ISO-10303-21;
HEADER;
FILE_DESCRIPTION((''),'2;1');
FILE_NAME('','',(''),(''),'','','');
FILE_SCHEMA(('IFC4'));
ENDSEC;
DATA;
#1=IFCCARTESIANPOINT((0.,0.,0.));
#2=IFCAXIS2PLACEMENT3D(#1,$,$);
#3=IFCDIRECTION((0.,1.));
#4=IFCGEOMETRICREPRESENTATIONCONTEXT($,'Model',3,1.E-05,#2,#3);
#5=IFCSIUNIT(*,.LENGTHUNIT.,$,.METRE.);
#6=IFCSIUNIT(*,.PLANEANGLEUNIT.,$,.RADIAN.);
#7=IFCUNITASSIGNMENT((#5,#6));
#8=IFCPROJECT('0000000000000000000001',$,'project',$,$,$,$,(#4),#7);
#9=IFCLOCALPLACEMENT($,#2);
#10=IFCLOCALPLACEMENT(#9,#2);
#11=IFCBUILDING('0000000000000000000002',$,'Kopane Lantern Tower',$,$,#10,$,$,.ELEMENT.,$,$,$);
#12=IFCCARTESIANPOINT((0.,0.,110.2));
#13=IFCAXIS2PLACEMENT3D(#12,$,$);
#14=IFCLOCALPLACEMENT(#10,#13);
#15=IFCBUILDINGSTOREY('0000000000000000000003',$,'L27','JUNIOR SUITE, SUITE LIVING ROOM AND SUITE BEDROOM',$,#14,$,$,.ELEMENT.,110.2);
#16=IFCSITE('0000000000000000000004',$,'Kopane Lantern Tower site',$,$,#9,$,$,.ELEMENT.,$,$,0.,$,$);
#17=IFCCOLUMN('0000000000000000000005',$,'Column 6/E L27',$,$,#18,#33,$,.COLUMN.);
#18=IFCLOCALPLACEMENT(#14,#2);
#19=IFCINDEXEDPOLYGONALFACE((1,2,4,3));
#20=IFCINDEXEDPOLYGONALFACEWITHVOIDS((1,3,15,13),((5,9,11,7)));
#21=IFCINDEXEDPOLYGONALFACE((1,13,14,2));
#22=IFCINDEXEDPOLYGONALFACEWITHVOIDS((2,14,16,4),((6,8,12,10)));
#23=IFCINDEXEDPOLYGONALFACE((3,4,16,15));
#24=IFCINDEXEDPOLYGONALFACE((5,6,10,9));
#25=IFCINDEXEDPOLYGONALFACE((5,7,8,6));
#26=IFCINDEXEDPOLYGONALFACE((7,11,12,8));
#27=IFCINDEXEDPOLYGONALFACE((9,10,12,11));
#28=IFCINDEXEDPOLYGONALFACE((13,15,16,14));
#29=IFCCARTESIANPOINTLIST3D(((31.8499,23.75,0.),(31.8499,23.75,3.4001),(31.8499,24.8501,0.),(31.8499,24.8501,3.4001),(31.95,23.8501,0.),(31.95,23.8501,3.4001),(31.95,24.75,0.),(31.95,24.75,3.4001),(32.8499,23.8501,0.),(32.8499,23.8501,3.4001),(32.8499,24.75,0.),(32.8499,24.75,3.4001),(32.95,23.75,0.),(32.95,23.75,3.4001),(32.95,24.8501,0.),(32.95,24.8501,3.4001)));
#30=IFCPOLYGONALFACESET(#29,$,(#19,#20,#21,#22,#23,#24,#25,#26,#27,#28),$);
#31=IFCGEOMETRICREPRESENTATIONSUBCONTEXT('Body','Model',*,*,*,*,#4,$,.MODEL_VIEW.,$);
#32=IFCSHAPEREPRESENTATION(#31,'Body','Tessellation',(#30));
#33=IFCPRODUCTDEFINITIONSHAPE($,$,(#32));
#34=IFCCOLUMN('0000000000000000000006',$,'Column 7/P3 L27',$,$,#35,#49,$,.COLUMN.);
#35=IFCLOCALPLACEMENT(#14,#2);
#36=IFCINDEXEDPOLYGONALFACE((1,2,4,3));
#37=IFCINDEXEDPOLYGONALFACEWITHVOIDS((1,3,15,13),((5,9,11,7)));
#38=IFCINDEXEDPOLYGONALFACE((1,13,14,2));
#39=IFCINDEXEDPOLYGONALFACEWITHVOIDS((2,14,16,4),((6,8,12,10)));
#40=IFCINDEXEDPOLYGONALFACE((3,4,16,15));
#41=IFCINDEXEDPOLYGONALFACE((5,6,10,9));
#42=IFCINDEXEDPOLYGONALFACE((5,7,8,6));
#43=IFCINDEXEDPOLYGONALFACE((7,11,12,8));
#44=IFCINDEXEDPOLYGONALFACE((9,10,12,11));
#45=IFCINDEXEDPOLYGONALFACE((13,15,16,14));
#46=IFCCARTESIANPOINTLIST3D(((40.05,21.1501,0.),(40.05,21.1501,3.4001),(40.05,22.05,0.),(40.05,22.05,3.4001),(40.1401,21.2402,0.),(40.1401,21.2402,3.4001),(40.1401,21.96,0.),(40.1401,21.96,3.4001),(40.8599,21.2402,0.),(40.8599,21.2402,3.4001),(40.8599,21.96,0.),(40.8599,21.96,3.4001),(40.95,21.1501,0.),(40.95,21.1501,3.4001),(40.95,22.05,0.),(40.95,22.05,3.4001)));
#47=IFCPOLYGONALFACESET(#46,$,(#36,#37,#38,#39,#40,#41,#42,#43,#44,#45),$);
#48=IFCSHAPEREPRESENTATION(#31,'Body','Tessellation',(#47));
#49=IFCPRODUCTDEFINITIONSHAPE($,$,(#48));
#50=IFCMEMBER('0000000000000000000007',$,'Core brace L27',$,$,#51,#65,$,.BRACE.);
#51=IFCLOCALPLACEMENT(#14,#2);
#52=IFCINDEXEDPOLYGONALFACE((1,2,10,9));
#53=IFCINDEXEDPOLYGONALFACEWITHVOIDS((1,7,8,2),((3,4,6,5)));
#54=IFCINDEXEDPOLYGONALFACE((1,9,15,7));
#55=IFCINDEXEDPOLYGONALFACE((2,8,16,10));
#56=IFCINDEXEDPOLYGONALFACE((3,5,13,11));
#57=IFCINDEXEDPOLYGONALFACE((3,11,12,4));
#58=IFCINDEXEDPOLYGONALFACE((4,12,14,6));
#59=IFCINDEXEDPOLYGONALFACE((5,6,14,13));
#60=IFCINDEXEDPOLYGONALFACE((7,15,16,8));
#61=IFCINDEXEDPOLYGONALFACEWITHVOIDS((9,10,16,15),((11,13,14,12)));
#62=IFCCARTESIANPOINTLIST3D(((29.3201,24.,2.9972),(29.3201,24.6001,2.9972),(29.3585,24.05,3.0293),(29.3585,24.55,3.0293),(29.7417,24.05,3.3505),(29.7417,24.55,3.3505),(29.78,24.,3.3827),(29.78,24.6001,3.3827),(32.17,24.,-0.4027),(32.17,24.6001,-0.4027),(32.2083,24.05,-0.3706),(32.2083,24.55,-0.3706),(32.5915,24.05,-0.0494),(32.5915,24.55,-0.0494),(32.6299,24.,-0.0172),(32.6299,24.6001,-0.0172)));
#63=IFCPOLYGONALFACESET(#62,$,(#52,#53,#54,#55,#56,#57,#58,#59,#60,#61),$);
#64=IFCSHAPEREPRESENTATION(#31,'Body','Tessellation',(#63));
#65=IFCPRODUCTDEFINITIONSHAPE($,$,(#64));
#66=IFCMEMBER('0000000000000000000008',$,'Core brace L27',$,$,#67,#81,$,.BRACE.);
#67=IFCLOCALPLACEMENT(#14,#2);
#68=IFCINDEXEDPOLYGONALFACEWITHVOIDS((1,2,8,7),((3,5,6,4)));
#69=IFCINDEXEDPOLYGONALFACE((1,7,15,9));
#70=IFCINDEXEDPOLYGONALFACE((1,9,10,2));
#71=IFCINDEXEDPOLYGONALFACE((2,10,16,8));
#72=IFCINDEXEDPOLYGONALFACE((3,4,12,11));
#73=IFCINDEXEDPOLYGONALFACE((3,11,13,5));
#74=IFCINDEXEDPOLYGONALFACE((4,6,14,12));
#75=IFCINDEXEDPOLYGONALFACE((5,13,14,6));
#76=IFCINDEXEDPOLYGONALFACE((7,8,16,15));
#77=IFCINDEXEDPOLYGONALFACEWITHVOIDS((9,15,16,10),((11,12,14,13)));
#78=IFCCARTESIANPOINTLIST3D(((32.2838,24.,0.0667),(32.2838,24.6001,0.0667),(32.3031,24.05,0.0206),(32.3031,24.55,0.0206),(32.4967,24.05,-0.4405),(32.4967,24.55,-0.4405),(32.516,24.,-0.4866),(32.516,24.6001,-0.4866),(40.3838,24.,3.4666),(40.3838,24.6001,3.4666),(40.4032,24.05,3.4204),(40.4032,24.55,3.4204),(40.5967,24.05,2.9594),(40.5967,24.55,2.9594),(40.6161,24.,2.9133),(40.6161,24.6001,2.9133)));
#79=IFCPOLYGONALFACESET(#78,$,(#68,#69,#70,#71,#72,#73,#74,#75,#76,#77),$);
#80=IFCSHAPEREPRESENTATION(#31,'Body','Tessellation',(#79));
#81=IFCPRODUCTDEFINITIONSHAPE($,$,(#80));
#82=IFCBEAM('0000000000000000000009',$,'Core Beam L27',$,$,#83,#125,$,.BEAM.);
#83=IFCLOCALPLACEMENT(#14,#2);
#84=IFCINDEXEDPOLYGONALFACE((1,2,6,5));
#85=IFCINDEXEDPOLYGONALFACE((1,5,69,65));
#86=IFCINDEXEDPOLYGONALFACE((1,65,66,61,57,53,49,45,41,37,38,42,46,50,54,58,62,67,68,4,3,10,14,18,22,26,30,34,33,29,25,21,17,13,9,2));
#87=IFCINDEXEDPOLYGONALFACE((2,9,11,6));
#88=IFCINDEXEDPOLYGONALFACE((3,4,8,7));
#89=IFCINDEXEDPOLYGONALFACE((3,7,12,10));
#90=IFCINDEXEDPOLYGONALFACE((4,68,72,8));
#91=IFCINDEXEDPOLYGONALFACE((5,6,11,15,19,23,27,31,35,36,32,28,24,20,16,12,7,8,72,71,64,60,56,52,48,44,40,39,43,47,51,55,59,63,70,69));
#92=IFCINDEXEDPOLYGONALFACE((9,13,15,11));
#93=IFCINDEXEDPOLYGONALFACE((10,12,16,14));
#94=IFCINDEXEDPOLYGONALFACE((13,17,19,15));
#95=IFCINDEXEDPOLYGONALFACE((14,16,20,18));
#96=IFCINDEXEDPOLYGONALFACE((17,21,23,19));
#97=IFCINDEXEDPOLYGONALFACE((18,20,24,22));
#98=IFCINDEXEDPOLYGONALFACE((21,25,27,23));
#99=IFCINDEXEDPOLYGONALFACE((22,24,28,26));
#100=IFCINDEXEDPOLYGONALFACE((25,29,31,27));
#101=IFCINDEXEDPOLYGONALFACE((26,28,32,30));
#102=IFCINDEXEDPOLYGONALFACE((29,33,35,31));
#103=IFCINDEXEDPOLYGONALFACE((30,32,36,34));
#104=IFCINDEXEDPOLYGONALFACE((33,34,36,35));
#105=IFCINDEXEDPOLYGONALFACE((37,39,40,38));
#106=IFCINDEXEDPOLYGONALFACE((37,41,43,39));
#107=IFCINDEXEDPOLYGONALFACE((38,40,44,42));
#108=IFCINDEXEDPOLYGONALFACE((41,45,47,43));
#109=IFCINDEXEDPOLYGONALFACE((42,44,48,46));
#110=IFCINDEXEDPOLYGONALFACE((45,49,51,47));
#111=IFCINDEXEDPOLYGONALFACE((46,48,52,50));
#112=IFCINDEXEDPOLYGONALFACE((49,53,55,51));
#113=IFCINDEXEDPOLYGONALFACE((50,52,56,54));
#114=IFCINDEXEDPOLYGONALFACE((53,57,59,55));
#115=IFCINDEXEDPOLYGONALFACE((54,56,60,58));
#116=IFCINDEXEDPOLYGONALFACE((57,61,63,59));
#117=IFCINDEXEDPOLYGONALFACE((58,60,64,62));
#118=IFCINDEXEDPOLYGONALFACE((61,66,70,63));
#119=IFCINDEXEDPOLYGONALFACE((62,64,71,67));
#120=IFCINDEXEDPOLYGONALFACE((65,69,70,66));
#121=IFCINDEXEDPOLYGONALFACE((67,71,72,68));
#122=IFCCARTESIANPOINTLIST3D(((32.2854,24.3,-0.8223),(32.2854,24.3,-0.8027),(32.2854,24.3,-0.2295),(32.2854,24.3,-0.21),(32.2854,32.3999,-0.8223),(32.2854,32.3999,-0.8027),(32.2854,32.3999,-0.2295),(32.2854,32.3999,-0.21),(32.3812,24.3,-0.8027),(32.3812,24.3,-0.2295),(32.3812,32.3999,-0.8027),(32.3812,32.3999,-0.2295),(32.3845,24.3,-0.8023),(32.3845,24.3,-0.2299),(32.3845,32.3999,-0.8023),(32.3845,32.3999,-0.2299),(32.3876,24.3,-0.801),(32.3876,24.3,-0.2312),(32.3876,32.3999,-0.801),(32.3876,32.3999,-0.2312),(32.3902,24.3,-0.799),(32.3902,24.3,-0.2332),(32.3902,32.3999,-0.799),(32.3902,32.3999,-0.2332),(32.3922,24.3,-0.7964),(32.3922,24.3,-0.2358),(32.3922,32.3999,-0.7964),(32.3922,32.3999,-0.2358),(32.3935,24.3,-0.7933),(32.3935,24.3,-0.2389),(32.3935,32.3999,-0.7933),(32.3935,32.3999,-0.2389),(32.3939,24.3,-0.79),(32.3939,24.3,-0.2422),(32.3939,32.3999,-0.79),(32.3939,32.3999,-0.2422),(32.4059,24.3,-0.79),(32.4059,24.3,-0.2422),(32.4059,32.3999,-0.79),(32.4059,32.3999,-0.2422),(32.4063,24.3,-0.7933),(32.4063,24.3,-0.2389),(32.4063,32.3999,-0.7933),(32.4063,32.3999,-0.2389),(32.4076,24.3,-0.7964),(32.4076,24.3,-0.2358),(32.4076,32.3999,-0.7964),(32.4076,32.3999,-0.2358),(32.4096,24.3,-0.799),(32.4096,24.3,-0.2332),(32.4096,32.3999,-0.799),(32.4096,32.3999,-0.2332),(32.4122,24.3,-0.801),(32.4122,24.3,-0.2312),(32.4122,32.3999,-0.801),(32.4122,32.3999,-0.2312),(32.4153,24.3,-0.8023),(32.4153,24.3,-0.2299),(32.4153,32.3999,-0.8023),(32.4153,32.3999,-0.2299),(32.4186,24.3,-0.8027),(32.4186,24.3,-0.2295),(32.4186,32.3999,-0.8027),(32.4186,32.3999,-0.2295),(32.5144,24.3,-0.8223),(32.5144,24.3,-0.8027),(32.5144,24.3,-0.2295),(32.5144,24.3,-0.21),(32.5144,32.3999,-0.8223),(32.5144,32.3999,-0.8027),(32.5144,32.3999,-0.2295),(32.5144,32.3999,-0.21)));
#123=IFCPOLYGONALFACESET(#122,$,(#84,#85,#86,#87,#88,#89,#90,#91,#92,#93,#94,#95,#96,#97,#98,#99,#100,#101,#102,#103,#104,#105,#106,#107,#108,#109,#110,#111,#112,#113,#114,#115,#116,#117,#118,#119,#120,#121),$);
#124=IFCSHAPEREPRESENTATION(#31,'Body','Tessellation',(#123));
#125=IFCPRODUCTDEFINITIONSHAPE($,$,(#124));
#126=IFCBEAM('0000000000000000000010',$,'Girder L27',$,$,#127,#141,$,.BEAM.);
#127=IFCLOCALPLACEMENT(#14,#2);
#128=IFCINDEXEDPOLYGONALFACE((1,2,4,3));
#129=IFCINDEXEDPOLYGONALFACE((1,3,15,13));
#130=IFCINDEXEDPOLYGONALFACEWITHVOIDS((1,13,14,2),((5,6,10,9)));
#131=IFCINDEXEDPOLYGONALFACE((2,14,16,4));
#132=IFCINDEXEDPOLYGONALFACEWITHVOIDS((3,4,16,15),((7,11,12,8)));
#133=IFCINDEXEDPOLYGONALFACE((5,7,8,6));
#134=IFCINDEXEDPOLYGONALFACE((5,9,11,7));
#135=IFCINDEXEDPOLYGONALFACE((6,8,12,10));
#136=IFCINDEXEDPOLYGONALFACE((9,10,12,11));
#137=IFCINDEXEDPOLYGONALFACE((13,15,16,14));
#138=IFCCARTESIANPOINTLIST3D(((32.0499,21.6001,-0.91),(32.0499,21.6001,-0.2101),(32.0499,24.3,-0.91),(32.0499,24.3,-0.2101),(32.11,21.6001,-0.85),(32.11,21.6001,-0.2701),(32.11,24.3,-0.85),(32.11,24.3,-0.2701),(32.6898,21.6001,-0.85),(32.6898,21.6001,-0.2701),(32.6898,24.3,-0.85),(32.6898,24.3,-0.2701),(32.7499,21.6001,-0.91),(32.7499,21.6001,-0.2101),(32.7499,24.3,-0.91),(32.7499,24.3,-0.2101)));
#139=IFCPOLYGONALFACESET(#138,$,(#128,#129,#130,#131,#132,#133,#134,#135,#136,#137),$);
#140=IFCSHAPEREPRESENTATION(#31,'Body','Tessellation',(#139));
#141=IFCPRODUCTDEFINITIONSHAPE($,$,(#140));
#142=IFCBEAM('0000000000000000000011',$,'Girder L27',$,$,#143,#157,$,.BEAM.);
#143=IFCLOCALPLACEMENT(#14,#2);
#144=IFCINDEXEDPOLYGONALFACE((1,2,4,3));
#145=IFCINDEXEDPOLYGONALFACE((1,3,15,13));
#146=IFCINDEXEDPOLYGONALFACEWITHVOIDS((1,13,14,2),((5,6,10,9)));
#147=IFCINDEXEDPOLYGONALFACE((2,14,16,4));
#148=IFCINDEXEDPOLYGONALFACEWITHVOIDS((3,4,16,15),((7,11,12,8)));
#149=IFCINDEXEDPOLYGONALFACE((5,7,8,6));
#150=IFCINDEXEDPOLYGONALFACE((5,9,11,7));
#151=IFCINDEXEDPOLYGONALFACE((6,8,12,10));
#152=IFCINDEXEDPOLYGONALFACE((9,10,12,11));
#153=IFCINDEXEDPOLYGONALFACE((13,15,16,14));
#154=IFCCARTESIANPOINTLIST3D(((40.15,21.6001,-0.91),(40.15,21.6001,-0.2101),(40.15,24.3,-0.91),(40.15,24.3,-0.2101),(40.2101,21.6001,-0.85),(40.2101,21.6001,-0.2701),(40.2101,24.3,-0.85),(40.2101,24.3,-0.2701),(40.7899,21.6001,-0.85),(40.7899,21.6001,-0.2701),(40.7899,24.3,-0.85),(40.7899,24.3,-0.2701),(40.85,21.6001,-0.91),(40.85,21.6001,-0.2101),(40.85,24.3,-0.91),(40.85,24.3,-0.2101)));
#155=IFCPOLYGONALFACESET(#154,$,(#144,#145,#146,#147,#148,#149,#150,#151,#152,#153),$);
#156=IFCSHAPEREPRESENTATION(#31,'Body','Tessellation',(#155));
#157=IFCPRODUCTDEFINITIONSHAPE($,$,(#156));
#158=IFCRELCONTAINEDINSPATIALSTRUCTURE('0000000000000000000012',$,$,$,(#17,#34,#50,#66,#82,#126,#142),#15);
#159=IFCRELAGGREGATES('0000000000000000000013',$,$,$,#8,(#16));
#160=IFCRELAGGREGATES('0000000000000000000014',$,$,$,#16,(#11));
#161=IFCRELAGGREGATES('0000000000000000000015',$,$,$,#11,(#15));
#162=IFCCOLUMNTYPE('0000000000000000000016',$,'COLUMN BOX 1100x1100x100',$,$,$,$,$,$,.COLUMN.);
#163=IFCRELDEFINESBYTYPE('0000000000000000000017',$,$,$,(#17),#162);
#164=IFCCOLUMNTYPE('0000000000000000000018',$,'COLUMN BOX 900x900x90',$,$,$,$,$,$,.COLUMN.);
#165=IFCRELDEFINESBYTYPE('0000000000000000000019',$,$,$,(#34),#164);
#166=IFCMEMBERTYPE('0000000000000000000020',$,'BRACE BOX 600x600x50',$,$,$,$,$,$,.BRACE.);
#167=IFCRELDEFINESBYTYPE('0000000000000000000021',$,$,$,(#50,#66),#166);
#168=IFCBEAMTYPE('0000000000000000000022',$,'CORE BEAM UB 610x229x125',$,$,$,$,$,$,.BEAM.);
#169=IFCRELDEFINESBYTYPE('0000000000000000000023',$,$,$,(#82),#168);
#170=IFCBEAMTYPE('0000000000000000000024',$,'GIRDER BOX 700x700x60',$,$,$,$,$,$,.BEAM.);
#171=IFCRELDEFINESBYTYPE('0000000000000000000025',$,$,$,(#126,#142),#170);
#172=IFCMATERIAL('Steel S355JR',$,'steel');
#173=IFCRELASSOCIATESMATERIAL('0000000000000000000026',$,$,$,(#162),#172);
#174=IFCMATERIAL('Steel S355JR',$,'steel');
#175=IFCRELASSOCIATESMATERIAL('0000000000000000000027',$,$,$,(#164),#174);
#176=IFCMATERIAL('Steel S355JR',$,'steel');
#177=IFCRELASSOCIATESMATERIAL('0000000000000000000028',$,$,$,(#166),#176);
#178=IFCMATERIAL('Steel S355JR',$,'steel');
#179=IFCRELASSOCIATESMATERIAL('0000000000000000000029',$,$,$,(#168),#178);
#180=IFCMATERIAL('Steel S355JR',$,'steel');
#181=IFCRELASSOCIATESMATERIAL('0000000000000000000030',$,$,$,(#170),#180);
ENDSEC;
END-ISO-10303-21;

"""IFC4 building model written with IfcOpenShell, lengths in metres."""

from ifc_helpers import new_model, si_unit, direction, frame, origin, origin_2d, place, context, subcontext, project, spatial, hollow_rectangle, i_section, extrude, material, material_profile, profile_set, type_object, element, save


model = new_model("IFC4")

# Units and contexts
model_context = context("Model", 3, precision=1e-05, world=origin(), true_north=direction((0.0, 1.0)))
body_context = subcontext(model_context, "Body", "Model", "MODEL_VIEW")
ifc_project = project(units=[si_unit("LENGTHUNIT", "METRE"), si_unit("PLANEANGLEUNIT", "RADIAN")], contexts=[model_context])

# Site, building, storey
site_placement = place(None, origin())
site = spatial("IfcSite", under=ifc_project, at=site_placement, Name="Kopane Lantern Tower site", CompositionType="ELEMENT", RefElevation=0.0)
building_placement = place(site_placement, origin())
building = spatial("IfcBuilding", under=site, at=building_placement, Name="Kopane Lantern Tower", CompositionType="ELEMENT")
storey_placement = place(building_placement, frame((0.0, 0.0, 110.2)))
storey = spatial("IfcBuildingStorey", under=building, at=storey_placement, Name="L27", Description="JUNIOR SUITE, SUITE LIVING ROOM AND SUITE BEDROOM", CompositionType="ELEMENT", Elevation=110.2)

# Columns
ifc_material_1 = material(Name="Steel S355JR", Category="steel")
ifc_material_profile_1 = material_profile(ifc_material_1, hollow_rectangle(XDim=1.1001, YDim=1.1001, WallThickness=0.1001, at=origin_2d()), Name="BOX 1100x1100x100")
ifc_profile_set_1 = profile_set([ifc_material_profile_1], Name="Steel S355JR")
column_type_1 = type_object("IfcColumnType", Name="COLUMN BOX 1100x1100x100", PredefinedType="COLUMN", material=ifc_profile_set_1)
column_1_placement = place(storey_placement, frame((32.3999, 24.3, 0.0), z_axis=(0.0, 0.0, 1.0), x_axis=(1.0, 0.0, 0.0)))
element("IfcColumn", 1, at=column_1_placement, inside=storey, type_object=column_type_1, Name="Column 6/E L27", PredefinedType="COLUMN", context=body_context, shape_type="SweptSolid", body=[
    extrude(hollow_rectangle(XDim=1.1001, YDim=1.1001, WallThickness=0.1001, at=origin_2d()), origin(), (0.0, 0.0, 1.0), 3.4001),
])
ifc_material_2 = material(Name="Steel S355JR", Category="steel")
ifc_material_profile_2 = material_profile(ifc_material_2, hollow_rectangle(XDim=0.8999, YDim=0.8999, WallThickness=0.0901, at=origin_2d()), Name="BOX 900x900x90")
ifc_profile_set_2 = profile_set([ifc_material_profile_2], Name="Steel S355JR")
column_type_2 = type_object("IfcColumnType", Name="COLUMN BOX 900x900x90", PredefinedType="COLUMN", material=ifc_profile_set_2)
column_2_placement = place(storey_placement, frame((40.5, 21.6001, 0.0), z_axis=(0.0, 0.0, 1.0), x_axis=(1.0, 0.0, 0.0)))
element("IfcColumn", 2, at=column_2_placement, inside=storey, type_object=column_type_2, Name="Column 7/P3 L27", PredefinedType="COLUMN", context=body_context, shape_type="SweptSolid", body=[
    extrude(hollow_rectangle(XDim=0.8999, YDim=0.8999, WallThickness=0.0901, at=origin_2d()), origin(), (0.0, 0.0, 1.0), 3.4001),
])

# Members
ifc_material_3 = material(Name="Steel S355JR", Category="steel")
ifc_material_profile_3 = material_profile(ifc_material_3, hollow_rectangle(XDim=0.6001, YDim=0.6001, WallThickness=0.05, at=origin_2d()), Name="BOX 600x600x50")
ifc_profile_set_3 = profile_set([ifc_material_profile_3], Name="Steel S355JR")
member_type = type_object("IfcMemberType", Name="BRACE BOX 600x600x50", PredefinedType="BRACE", material=ifc_profile_set_3)
member_1_placement = place(storey_placement, frame((32.3999, 24.3, -0.21), z_axis=(-0.64239, 0.0, 0.766378), x_axis=(0.0, -1.0, 0.0)))
element("IfcMember", 3, at=member_1_placement, inside=storey, type_object=member_type, Name="Core brace L27", PredefinedType="BRACE", context=body_context, shape_type="SweptSolid", body=[
    extrude(hollow_rectangle(XDim=0.6001, YDim=0.6001, WallThickness=0.05, at=origin_2d()), origin(), (0.0, 0.0, 1.0), 4.4363),
])
member_2_placement = place(storey_placement, frame((32.3999, 24.3, -0.21), z_axis=(0.922069, 0.0, 0.387026), x_axis=(0.0, 1.0, 0.0)))
element("IfcMember", 4, at=member_2_placement, inside=storey, type_object=member_type, Name="Core brace L27", PredefinedType="BRACE", context=body_context, shape_type="SweptSolid", body=[
    extrude(hollow_rectangle(XDim=0.6001, YDim=0.6001, WallThickness=0.05, at=origin_2d()), origin(), (0.0, 0.0, 1.0), 8.7847),
])

# Beams
ifc_material_4 = material(Name="Steel S355JR", Category="steel")
ifc_material_profile_4 = material_profile(ifc_material_4, i_section(OverallWidth=0.229, OverallDepth=0.6123, WebThickness=0.012, FlangeThickness=0.0195, FilletRadius=0.0127, at=origin_2d()), Name="UB 610x229x125")
ifc_profile_set_4 = profile_set([ifc_material_profile_4], Name="Steel S355JR")
beam_type_1 = type_object("IfcBeamType", Name="CORE BEAM UB 610x229x125", PredefinedType="BEAM", material=ifc_profile_set_4)
beam_placement = place(storey_placement, frame((32.3999, 24.3, -0.5161), z_axis=(0.0, 1.0, 0.0), x_axis=(-1.0, 0.0, 0.0)))
element("IfcBeam", 5, at=beam_placement, inside=storey, type_object=beam_type_1, Name="Core Beam L27", PredefinedType="BEAM", context=body_context, shape_type="SweptSolid", body=[
    extrude(i_section(OverallWidth=0.229, OverallDepth=0.6123, WebThickness=0.012, FlangeThickness=0.0195, FilletRadius=0.0127, at=origin_2d()), origin(), (0.0, 0.0, 1.0), 8.0999),
])
ifc_material_5 = material(Name="Steel S355JR", Category="steel")
ifc_material_profile_5 = material_profile(ifc_material_5, hollow_rectangle(XDim=0.7, YDim=0.7, WallThickness=0.0601, at=origin_2d()), Name="BOX 700x700x60")
ifc_profile_set_5 = profile_set([ifc_material_profile_5], Name="Steel S355JR")
beam_type_2 = type_object("IfcBeamType", Name="GIRDER BOX 700x700x60", PredefinedType="BEAM", material=ifc_profile_set_5)
for number, where, z_axis, x_axis, name in (
    (6, (32.3999, 21.6001, -0.5601), (0.0, 1.0, 0.0), (-1.0, 0.0, 0.0), "Girder L27"),
    (7, (40.5, 21.6001, -0.5601), (0.0, 1.0, 0.0), (-1.0, 0.0, 0.0), "Girder L27"),
):
    element("IfcBeam", number, at=place(storey_placement, frame(where, z_axis=z_axis, x_axis=x_axis)), inside=storey, type_object=beam_type_2, Name=name, PredefinedType="BEAM", context=body_context, shape_type="SweptSolid", body=[
        extrude(hollow_rectangle(XDim=0.7, YDim=0.7, WallThickness=0.0601, at=origin_2d()), origin(), (0.0, 0.0, 1.0), 2.7),
    ])

save(model, "model.ifc")
